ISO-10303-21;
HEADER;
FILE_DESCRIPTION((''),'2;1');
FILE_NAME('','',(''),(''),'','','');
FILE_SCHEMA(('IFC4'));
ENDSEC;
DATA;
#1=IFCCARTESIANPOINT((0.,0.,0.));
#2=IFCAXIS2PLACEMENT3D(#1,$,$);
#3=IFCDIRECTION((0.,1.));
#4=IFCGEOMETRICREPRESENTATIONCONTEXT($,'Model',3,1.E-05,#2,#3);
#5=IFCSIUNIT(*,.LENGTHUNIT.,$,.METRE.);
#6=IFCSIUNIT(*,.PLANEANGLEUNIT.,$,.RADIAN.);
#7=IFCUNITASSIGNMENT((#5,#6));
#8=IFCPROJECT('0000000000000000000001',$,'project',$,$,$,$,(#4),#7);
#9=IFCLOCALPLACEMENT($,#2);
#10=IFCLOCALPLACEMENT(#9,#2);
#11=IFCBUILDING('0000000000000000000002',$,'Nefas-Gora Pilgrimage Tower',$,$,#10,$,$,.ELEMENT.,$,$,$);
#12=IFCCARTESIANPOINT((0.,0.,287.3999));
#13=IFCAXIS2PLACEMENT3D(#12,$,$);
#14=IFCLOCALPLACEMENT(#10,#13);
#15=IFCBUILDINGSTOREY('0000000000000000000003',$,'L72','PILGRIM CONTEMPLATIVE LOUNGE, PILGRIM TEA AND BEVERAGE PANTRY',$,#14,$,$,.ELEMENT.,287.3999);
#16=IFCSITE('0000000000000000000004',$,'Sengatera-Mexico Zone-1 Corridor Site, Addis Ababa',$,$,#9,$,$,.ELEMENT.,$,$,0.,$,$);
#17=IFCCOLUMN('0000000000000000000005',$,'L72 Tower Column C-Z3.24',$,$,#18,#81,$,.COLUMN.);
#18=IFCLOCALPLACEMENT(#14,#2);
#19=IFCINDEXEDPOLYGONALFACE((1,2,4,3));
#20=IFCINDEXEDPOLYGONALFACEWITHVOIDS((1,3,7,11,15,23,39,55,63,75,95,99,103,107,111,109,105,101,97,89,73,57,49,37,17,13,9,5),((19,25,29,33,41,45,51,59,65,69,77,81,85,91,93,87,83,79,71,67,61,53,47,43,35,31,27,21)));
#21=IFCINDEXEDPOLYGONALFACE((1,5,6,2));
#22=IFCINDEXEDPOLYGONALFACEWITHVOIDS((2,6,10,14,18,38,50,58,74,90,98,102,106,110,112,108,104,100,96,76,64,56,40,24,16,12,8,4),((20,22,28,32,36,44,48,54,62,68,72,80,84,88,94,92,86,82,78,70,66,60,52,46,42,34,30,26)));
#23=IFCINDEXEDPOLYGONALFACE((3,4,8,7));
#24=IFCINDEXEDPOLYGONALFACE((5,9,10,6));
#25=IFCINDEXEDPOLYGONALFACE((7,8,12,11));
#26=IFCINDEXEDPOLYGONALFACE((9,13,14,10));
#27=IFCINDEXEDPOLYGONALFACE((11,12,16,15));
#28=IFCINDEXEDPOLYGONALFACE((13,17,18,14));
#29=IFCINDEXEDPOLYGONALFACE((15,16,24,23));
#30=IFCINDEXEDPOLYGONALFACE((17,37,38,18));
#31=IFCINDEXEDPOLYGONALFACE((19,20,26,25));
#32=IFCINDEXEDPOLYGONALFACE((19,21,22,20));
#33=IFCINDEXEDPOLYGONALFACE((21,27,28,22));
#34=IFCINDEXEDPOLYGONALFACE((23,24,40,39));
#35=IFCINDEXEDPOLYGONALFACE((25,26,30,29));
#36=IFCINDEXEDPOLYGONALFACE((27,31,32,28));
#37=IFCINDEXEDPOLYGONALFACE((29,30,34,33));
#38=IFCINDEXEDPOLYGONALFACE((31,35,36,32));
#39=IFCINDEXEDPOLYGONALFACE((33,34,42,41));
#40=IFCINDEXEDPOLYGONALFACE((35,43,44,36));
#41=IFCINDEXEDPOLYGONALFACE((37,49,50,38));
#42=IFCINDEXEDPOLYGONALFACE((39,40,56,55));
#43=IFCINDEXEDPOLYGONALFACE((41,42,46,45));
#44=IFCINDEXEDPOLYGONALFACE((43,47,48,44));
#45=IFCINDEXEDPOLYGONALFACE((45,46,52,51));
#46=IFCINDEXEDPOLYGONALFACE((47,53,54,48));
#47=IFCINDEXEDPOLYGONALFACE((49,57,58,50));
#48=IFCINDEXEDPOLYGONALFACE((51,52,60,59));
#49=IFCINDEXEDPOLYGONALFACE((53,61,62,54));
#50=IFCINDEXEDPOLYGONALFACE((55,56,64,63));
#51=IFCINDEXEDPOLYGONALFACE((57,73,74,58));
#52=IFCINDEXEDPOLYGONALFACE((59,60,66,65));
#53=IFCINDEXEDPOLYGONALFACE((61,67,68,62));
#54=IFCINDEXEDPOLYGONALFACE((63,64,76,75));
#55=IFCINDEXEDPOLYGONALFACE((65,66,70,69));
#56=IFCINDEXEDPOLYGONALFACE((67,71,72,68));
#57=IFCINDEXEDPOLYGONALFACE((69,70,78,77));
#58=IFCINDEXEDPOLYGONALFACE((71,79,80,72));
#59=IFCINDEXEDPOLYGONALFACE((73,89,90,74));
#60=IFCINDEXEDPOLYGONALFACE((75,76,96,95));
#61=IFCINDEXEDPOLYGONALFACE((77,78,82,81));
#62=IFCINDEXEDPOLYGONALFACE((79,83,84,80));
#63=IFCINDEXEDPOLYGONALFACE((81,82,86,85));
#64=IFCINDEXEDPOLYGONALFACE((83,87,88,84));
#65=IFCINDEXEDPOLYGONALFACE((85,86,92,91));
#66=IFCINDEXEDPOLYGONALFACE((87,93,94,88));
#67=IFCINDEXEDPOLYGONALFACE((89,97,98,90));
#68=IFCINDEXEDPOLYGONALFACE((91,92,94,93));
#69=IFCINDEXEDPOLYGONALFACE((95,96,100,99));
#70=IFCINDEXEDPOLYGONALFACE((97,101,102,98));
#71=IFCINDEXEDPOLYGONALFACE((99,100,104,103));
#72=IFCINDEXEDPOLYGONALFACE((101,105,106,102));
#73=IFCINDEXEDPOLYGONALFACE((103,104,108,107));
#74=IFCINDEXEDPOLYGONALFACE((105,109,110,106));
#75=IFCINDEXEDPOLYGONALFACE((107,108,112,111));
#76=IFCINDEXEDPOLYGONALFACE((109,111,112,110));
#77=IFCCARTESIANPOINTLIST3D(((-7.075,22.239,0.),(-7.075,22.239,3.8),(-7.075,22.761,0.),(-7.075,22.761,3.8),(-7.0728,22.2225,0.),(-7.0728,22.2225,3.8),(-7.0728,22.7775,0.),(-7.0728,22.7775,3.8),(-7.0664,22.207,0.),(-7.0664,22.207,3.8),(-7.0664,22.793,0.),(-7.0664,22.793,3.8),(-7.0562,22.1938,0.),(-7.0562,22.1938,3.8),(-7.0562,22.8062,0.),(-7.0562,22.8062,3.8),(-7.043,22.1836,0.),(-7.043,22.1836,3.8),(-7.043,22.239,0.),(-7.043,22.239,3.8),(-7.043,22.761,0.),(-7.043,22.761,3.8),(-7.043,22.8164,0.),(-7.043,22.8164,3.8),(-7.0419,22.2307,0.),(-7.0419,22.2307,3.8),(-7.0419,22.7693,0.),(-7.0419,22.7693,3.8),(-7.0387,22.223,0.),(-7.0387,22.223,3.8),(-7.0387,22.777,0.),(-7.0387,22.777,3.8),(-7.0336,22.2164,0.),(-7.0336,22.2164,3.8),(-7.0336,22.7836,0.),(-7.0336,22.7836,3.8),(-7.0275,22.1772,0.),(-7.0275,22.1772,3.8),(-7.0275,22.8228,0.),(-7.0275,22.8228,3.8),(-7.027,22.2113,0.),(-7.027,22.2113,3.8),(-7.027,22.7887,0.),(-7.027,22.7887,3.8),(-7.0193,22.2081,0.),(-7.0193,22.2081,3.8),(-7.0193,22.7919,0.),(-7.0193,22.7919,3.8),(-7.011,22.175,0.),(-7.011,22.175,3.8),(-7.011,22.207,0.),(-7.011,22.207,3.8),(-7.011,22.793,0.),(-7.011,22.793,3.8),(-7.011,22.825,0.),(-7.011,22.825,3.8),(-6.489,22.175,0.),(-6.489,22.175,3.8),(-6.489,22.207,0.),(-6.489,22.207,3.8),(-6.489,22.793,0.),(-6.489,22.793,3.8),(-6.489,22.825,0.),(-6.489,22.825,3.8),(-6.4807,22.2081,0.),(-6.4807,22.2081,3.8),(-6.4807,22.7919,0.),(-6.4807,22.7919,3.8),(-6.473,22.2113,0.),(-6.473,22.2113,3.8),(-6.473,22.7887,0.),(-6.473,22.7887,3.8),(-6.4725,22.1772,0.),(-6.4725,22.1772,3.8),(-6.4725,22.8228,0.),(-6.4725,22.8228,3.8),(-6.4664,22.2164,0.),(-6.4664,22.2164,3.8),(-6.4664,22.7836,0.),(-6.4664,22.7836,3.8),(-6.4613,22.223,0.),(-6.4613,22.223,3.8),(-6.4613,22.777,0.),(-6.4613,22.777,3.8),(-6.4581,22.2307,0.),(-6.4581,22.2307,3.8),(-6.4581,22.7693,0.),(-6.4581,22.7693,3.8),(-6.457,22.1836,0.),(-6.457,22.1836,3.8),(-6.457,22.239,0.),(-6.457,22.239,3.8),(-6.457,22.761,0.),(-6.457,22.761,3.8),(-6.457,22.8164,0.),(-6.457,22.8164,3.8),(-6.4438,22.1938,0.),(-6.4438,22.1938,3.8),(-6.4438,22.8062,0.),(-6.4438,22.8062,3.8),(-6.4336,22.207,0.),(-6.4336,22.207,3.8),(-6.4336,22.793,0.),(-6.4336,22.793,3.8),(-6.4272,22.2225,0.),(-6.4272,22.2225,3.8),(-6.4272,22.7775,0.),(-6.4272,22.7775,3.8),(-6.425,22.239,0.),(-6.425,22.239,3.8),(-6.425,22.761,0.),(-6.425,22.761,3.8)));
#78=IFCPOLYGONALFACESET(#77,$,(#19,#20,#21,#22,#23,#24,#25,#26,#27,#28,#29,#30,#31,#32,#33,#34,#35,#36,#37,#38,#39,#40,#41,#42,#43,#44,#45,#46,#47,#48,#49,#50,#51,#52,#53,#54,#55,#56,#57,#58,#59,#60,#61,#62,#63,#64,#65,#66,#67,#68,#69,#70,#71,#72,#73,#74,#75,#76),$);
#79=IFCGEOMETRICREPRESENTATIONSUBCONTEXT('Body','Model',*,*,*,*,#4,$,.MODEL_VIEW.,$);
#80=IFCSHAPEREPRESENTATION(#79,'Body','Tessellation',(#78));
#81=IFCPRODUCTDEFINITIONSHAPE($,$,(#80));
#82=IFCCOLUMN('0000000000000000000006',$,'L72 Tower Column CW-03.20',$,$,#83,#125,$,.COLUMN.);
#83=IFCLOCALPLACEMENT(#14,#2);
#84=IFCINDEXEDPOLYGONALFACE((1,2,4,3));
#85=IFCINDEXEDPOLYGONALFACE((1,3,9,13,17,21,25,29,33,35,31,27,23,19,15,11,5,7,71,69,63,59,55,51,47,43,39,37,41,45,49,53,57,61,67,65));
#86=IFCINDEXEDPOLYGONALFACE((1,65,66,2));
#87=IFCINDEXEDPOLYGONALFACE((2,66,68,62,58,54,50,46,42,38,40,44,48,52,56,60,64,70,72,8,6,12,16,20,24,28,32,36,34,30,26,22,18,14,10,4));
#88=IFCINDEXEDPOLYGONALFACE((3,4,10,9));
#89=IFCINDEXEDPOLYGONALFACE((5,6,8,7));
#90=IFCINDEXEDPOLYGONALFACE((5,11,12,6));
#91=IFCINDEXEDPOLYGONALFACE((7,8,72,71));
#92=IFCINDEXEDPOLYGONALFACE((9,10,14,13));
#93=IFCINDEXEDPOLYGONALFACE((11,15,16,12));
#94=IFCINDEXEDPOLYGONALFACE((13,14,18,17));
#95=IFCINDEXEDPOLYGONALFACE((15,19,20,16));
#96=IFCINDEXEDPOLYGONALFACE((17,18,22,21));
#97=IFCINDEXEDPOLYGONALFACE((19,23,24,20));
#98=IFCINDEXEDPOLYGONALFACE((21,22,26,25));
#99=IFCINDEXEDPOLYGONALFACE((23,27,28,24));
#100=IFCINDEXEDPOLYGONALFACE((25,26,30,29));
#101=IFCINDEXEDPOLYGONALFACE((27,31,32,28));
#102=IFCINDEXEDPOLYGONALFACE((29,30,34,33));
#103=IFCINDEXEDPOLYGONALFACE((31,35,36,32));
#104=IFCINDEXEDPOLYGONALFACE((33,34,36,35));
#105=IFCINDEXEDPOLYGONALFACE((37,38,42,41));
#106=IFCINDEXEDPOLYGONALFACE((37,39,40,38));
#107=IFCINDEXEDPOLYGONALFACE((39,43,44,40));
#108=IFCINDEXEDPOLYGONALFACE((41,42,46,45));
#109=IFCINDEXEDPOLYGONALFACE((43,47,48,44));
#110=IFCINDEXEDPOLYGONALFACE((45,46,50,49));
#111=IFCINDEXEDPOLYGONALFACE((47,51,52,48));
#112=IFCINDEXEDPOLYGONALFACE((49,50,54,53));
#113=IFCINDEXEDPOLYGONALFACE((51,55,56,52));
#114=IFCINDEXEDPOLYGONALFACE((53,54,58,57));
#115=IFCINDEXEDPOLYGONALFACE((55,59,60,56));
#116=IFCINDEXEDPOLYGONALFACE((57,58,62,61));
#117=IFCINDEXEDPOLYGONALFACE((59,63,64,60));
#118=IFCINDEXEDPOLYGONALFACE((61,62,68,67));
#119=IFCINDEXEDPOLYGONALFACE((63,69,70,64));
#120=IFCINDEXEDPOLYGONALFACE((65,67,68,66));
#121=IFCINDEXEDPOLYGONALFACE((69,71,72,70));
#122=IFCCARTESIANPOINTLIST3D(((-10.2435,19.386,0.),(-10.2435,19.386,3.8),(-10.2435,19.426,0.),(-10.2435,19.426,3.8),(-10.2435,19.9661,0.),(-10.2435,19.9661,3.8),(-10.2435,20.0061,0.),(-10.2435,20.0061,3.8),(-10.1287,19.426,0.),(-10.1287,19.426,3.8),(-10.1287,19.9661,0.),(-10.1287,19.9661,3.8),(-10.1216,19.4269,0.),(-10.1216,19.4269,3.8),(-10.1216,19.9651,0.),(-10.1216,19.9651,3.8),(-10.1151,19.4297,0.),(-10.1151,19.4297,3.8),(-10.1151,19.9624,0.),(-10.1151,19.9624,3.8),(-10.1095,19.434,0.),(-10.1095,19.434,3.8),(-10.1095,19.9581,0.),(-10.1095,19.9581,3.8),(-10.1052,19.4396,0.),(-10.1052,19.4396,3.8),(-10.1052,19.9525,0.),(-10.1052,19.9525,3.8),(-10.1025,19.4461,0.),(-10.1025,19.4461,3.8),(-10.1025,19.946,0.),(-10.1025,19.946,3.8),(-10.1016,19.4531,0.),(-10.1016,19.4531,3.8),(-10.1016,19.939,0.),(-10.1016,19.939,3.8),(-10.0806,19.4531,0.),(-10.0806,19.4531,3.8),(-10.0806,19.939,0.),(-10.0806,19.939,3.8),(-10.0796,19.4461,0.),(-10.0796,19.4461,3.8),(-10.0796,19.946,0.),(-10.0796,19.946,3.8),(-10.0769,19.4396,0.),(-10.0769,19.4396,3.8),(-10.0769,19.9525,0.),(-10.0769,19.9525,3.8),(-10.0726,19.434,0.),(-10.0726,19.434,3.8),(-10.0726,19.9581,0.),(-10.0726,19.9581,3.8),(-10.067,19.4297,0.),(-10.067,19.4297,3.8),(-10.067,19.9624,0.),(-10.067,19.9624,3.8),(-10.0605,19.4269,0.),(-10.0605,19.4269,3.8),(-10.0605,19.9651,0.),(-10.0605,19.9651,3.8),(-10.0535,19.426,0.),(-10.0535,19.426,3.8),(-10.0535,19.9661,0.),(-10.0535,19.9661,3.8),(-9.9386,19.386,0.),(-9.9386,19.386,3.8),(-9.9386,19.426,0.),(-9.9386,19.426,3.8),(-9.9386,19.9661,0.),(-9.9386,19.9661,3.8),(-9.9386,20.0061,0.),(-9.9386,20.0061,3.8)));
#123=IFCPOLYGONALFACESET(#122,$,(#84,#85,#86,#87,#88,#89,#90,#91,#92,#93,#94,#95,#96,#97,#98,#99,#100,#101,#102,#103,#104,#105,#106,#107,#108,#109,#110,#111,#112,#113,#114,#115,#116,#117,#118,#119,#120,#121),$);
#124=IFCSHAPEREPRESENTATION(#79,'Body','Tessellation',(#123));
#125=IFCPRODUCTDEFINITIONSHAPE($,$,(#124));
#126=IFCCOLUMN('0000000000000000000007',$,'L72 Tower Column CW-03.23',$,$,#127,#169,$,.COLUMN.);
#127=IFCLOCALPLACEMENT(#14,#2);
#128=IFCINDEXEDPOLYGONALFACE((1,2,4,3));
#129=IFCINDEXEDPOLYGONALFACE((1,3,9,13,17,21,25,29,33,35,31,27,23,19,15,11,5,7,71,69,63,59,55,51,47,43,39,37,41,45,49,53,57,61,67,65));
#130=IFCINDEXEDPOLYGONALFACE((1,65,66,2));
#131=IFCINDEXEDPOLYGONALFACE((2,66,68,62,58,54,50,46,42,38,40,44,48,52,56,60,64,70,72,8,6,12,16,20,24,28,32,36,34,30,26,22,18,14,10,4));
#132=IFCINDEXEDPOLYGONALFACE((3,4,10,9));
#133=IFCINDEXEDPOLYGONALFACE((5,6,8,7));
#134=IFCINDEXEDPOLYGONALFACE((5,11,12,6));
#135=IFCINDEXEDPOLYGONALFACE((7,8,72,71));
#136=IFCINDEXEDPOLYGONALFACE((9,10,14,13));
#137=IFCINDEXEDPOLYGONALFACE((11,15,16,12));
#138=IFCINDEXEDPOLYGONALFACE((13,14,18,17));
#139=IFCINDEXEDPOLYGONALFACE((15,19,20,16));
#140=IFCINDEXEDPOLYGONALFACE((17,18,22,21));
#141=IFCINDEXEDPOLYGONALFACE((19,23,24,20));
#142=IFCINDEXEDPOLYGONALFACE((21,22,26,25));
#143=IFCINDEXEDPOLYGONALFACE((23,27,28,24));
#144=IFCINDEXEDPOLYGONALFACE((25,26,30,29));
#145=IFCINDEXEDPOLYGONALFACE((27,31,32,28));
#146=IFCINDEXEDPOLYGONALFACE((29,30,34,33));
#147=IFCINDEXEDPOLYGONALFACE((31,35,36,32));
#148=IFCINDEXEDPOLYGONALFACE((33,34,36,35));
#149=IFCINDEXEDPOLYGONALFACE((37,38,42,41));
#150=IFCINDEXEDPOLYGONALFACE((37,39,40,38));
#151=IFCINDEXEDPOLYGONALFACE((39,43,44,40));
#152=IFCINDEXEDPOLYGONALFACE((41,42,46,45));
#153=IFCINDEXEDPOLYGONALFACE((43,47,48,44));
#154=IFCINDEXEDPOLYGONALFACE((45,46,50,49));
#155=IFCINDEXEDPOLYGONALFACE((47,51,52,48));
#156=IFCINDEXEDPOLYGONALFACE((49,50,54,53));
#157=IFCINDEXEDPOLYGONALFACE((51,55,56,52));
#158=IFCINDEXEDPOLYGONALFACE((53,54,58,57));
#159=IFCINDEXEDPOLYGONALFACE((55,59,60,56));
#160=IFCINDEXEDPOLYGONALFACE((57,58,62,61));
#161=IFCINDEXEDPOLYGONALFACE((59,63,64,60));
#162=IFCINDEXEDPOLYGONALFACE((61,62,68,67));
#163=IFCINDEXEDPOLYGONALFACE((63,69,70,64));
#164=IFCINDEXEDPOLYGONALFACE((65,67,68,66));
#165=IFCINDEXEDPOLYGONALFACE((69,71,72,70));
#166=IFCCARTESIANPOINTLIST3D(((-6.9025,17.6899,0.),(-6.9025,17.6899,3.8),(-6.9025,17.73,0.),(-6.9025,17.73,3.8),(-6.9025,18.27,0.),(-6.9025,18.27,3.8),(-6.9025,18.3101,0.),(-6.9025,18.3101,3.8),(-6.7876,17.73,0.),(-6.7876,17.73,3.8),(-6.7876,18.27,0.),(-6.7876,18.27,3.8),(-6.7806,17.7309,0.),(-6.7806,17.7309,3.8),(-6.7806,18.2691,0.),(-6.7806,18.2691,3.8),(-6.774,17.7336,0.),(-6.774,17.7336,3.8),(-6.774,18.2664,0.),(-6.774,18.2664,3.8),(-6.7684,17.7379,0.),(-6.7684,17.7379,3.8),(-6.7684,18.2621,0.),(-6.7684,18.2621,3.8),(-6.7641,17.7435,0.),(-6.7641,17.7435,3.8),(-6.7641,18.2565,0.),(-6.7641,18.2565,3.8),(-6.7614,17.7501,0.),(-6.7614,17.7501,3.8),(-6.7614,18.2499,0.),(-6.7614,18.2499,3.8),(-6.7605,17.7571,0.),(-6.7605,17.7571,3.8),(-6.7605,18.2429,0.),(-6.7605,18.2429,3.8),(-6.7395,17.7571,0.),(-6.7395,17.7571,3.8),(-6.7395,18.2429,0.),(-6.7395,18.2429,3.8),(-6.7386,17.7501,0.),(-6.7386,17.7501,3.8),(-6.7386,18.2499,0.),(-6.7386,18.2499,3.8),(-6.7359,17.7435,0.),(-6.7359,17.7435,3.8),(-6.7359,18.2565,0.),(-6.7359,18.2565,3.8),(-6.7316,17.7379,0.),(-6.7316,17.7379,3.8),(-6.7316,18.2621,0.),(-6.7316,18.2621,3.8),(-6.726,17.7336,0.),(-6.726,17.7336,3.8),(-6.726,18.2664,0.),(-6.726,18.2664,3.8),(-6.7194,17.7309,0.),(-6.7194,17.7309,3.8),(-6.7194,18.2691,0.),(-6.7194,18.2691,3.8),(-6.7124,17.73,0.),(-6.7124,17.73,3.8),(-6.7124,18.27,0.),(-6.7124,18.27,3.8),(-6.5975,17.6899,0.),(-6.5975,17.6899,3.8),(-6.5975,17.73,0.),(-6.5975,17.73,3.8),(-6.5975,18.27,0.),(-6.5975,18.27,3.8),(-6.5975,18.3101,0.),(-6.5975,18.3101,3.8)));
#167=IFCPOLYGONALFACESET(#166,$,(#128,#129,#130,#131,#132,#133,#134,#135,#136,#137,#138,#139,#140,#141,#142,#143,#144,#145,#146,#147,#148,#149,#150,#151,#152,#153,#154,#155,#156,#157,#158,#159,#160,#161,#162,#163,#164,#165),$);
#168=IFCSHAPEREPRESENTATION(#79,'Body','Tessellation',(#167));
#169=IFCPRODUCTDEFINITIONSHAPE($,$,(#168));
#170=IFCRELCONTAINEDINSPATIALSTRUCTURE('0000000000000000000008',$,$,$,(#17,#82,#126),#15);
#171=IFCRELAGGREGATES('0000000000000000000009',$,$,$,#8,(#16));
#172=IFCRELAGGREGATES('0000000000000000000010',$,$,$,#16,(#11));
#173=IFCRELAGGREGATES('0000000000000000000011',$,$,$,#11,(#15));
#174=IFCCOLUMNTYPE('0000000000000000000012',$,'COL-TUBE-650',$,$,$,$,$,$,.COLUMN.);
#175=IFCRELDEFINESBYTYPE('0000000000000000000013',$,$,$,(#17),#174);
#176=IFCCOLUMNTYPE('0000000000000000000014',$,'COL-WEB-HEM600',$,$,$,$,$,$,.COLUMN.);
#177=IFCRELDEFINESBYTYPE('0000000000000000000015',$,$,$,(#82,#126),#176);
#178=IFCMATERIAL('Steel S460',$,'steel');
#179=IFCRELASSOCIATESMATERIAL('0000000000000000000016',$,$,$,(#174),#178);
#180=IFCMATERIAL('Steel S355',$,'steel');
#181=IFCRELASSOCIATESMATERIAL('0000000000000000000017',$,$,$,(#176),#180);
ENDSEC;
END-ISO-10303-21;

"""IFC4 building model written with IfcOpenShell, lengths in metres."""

from ifc_helpers import new_model, si_unit, direction, frame, origin, origin_2d, place, context, subcontext, project, spatial, hollow_rectangle, i_section, extrude, source, transform, mapped, material, material_profile, profile_set, type_object, element, save


model = new_model("IFC4")

# Units and contexts
model_context = context("Model", 3, precision=1e-05, world=origin(), true_north=direction((0.0, 1.0)))
body_context = subcontext(model_context, "Body", "Model", "MODEL_VIEW")
ifc_project = project(units=[si_unit("LENGTHUNIT", "METRE"), si_unit("PLANEANGLEUNIT", "RADIAN")], contexts=[model_context])

# Site, building, storey
site_placement = place(None, origin())
site = spatial("IfcSite", under=ifc_project, at=site_placement, Name="Sengatera-Mexico Zone-1 Corridor Site, Addis Ababa", CompositionType="ELEMENT", RefElevation=0.0)
building_placement = place(site_placement, origin())
building = spatial("IfcBuilding", under=site, at=building_placement, Name="Nefas-Gora Pilgrimage Tower", CompositionType="ELEMENT")
storey_placement = place(building_placement, frame((0.0, 0.0, 287.3999)))
storey = spatial("IfcBuildingStorey", under=building, at=storey_placement, Name="L72", Description="PILGRIM CONTEMPLATIVE LOUNGE, PILGRIM TEA AND BEVERAGE PANTRY", CompositionType="ELEMENT", Elevation=287.3999)

# Columns
ifc_material_1 = material(Name="Steel S460", Category="steel")
ifc_material_profile_1 = material_profile(ifc_material_1, hollow_rectangle(XDim=0.6499, YDim=0.6499, WallThickness=0.032, InnerFilletRadius=0.032, OuterFilletRadius=0.064, at=origin_2d()), Name="BOX 650x650x32")
ifc_profile_set_1 = profile_set([ifc_material_profile_1], Name="Steel S460")
column_type_1 = type_object("IfcColumnType", Name="COL-TUBE-650", PredefinedType="COLUMN", material=ifc_profile_set_1)
shared_shape_1 = source(origin(), body_context, "Body", "SweptSolid", [
    extrude(hollow_rectangle(XDim=0.6499, YDim=0.6499, WallThickness=0.032, InnerFilletRadius=0.032, OuterFilletRadius=0.064, at=origin_2d()), origin(), (0.0, 0.0, 1.0), 3.8),
])
column_placement = place(storey_placement, frame((-6.75, 22.5, 0.0), z_axis=(0.0, 0.0, 1.0), x_axis=(1.0, 0.0, 0.0)))
element("IfcColumn", 1, at=column_placement, inside=storey, type_object=column_type_1, Name="L72 Tower Column C-Z3.24", PredefinedType="COLUMN", context=body_context, shape_type="MappedRepresentation", body=[
    mapped(shared_shape_1, transform((0.0, 0.0, 0.0), x_axis=(1.0, 0.0, 0.0), y_axis=(0.0, 1.0, 0.0), z_axis=(0.0, 0.0, 1.0), scale=1.0)),
])
ifc_material_2 = material(Name="Steel S355", Category="steel")
ifc_material_profile_2 = material_profile(ifc_material_2, i_section(OverallWidth=0.3049, OverallDepth=0.6201, WebThickness=0.021, FlangeThickness=0.04, FilletRadius=0.0271, at=origin_2d()), Name="HEM 600")
ifc_profile_set_2 = profile_set([ifc_material_profile_2], Name="Steel S355")
column_type_2 = type_object("IfcColumnType", Name="COL-WEB-HEM600", PredefinedType="COLUMN", material=ifc_profile_set_2)
shared_shape_2 = source(origin(), body_context, "Body", "SweptSolid", [
    extrude(i_section(OverallWidth=0.3049, OverallDepth=0.6201, WebThickness=0.021, FlangeThickness=0.04, FilletRadius=0.0271, at=origin_2d()), origin(), (0.0, 0.0, 1.0), 3.8),
])
for number, where, z_axis, x_axis, name in (
    (2, (-10.0911, 19.696, 0.0), (0.0, 0.0, 1.0), (1.0, 0.0, 0.0), "L72 Tower Column CW-03.20"),
    (3, (-6.75, 18.0, 0.0), (0.0, 0.0, 1.0), (1.0, 0.0, 0.0), "L72 Tower Column CW-03.23"),
):
    element("IfcColumn", number, at=place(storey_placement, frame(where, z_axis=z_axis, x_axis=x_axis)), inside=storey, type_object=column_type_2, Name=name, PredefinedType="COLUMN", context=body_context, shape_type="MappedRepresentation", body=[
        mapped(shared_shape_2, transform((0.0, 0.0, 0.0), x_axis=(1.0, 0.0, 0.0), y_axis=(0.0, 1.0, 0.0), z_axis=(0.0, 0.0, 1.0), scale=1.0)),
    ])

save(model, "model.ifc")
